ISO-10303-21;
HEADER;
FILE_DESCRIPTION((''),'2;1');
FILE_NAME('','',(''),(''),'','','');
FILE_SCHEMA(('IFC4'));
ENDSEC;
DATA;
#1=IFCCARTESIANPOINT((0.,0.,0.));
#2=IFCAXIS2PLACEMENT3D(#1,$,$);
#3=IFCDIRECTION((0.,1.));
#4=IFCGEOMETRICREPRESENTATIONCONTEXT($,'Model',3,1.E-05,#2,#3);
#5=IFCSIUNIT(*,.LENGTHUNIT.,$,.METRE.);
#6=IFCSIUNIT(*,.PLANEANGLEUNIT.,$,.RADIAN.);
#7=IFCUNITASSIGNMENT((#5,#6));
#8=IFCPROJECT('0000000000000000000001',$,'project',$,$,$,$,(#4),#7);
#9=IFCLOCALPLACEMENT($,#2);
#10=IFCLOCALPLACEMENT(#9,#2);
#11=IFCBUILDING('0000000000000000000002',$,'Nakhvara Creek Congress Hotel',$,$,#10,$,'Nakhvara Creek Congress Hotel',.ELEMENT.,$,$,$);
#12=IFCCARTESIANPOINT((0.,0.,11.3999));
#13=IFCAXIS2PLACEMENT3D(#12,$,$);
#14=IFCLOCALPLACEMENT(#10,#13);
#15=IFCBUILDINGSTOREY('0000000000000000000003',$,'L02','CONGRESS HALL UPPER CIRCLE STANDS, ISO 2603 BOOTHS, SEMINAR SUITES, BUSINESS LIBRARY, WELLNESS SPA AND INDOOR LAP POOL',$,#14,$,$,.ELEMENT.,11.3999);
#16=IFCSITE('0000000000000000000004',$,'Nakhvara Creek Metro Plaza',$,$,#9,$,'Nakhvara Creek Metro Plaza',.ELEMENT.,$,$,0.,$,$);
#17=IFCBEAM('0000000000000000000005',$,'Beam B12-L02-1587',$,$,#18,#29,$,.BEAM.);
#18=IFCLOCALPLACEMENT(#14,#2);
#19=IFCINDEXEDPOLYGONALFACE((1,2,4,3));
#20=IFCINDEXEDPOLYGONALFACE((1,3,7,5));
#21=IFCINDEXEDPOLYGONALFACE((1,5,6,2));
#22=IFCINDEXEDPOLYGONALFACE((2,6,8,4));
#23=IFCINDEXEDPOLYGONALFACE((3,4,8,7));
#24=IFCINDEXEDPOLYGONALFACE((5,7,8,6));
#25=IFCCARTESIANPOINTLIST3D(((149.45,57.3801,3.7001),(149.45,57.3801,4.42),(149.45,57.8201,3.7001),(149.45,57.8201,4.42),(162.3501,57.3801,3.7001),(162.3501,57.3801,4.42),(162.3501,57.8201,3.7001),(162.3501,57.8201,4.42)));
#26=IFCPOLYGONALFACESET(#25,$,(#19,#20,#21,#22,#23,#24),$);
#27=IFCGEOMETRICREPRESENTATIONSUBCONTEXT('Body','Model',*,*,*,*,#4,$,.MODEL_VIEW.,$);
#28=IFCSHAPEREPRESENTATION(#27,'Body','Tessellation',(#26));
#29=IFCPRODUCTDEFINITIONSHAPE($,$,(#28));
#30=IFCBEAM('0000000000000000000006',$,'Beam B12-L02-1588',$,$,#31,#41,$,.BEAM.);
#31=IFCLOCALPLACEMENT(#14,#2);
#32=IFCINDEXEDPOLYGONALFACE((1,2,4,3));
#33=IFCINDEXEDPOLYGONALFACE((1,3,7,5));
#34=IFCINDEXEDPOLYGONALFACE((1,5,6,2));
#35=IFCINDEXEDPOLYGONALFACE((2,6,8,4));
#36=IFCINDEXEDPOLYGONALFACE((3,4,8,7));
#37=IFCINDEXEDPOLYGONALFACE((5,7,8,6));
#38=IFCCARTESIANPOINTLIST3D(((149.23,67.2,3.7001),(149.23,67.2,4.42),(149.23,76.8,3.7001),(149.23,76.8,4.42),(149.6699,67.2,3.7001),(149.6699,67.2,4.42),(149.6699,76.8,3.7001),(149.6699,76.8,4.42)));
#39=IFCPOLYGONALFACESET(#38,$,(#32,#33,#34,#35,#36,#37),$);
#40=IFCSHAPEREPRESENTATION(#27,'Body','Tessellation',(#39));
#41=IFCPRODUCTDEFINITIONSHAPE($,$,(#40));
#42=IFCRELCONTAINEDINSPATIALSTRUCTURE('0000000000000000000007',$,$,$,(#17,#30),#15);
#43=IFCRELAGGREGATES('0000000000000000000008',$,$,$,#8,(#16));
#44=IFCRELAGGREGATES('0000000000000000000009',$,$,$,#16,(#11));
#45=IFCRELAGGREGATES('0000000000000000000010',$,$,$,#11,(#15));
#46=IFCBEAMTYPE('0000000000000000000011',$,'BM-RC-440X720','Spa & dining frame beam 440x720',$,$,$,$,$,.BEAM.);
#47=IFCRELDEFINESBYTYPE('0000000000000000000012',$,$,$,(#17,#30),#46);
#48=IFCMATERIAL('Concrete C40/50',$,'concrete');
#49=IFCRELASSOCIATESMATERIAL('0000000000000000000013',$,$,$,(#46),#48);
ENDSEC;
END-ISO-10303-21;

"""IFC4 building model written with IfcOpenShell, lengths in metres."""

from ifc_helpers import new_model, si_unit, direction, frame, origin, origin_2d, place, context, subcontext, project, spatial, rectangle, extrude, material, material_profile, profile_set, type_object, element, save


model = new_model("IFC4")

# Units and contexts
model_context = context("Model", 3, precision=1e-05, world=origin(), true_north=direction((0.0, 1.0)))
body_context = subcontext(model_context, "Body", "Model", "MODEL_VIEW")
ifc_project = project(units=[si_unit("LENGTHUNIT", "METRE"), si_unit("PLANEANGLEUNIT", "RADIAN")], contexts=[model_context])

# Site, building, storey
site_placement = place(None, origin())
site = spatial("IfcSite", under=ifc_project, at=site_placement, Name="Nakhvara Creek Metro Plaza", LongName="Nakhvara Creek Metro Plaza", CompositionType="ELEMENT", RefElevation=0.0)
building_placement = place(site_placement, origin())
building = spatial("IfcBuilding", under=site, at=building_placement, Name="Nakhvara Creek Congress Hotel", LongName="Nakhvara Creek Congress Hotel", CompositionType="ELEMENT")
storey_placement = place(building_placement, frame((0.0, 0.0, 11.3999)))
storey = spatial("IfcBuildingStorey", under=building, at=storey_placement, Name="L02", Description="CONGRESS HALL UPPER CIRCLE STANDS, ISO 2603 BOOTHS, SEMINAR SUITES, BUSINESS LIBRARY, WELLNESS SPA AND INDOOR LAP POOL", CompositionType="ELEMENT", Elevation=11.3999)

# Beams
ifc_material_1 = material(Name="Concrete C40/50", Category="concrete")
ifc_material_profile_1 = material_profile(ifc_material_1, rectangle(XDim=0.4399, YDim=0.72, at=origin_2d()), Name="RC-BM 440x720", Category="LoadBearing")
ifc_profile_set_1 = profile_set([ifc_material_profile_1], Name="Concrete C40/50")
beam_type = type_object("IfcBeamType", Name="BM-RC-440X720", Description="Spa & dining frame beam 440x720", PredefinedType="BEAM", material=ifc_profile_set_1)
beam_1_placement = place(storey_placement, frame((149.45, 57.6001, 4.0601), z_axis=(1.0, 0.0, 0.0), x_axis=(0.0, 1.0, 0.0)))
element("IfcBeam", 1, at=beam_1_placement, inside=storey, type_object=beam_type, Name="Beam B12-L02-1587", PredefinedType="BEAM", context=body_context, shape_type="SweptSolid", body=[
    extrude(rectangle(XDim=0.4399, YDim=0.72, at=origin_2d()), origin(), (0.0, 0.0, 1.0), 12.9001),
])
beam_2_placement = place(storey_placement, frame((149.45, 67.2, 4.0601), z_axis=(0.0, 1.0, 0.0), x_axis=(-1.0, 0.0, 0.0)))
element("IfcBeam", 2, at=beam_2_placement, inside=storey, type_object=beam_type, Name="Beam B12-L02-1588", PredefinedType="BEAM", context=body_context, shape_type="SweptSolid", body=[
    extrude(rectangle(XDim=0.4399, YDim=0.72, at=origin_2d()), origin(), (0.0, 0.0, 1.0), 9.6001),
])

save(model, "model.ifc")
